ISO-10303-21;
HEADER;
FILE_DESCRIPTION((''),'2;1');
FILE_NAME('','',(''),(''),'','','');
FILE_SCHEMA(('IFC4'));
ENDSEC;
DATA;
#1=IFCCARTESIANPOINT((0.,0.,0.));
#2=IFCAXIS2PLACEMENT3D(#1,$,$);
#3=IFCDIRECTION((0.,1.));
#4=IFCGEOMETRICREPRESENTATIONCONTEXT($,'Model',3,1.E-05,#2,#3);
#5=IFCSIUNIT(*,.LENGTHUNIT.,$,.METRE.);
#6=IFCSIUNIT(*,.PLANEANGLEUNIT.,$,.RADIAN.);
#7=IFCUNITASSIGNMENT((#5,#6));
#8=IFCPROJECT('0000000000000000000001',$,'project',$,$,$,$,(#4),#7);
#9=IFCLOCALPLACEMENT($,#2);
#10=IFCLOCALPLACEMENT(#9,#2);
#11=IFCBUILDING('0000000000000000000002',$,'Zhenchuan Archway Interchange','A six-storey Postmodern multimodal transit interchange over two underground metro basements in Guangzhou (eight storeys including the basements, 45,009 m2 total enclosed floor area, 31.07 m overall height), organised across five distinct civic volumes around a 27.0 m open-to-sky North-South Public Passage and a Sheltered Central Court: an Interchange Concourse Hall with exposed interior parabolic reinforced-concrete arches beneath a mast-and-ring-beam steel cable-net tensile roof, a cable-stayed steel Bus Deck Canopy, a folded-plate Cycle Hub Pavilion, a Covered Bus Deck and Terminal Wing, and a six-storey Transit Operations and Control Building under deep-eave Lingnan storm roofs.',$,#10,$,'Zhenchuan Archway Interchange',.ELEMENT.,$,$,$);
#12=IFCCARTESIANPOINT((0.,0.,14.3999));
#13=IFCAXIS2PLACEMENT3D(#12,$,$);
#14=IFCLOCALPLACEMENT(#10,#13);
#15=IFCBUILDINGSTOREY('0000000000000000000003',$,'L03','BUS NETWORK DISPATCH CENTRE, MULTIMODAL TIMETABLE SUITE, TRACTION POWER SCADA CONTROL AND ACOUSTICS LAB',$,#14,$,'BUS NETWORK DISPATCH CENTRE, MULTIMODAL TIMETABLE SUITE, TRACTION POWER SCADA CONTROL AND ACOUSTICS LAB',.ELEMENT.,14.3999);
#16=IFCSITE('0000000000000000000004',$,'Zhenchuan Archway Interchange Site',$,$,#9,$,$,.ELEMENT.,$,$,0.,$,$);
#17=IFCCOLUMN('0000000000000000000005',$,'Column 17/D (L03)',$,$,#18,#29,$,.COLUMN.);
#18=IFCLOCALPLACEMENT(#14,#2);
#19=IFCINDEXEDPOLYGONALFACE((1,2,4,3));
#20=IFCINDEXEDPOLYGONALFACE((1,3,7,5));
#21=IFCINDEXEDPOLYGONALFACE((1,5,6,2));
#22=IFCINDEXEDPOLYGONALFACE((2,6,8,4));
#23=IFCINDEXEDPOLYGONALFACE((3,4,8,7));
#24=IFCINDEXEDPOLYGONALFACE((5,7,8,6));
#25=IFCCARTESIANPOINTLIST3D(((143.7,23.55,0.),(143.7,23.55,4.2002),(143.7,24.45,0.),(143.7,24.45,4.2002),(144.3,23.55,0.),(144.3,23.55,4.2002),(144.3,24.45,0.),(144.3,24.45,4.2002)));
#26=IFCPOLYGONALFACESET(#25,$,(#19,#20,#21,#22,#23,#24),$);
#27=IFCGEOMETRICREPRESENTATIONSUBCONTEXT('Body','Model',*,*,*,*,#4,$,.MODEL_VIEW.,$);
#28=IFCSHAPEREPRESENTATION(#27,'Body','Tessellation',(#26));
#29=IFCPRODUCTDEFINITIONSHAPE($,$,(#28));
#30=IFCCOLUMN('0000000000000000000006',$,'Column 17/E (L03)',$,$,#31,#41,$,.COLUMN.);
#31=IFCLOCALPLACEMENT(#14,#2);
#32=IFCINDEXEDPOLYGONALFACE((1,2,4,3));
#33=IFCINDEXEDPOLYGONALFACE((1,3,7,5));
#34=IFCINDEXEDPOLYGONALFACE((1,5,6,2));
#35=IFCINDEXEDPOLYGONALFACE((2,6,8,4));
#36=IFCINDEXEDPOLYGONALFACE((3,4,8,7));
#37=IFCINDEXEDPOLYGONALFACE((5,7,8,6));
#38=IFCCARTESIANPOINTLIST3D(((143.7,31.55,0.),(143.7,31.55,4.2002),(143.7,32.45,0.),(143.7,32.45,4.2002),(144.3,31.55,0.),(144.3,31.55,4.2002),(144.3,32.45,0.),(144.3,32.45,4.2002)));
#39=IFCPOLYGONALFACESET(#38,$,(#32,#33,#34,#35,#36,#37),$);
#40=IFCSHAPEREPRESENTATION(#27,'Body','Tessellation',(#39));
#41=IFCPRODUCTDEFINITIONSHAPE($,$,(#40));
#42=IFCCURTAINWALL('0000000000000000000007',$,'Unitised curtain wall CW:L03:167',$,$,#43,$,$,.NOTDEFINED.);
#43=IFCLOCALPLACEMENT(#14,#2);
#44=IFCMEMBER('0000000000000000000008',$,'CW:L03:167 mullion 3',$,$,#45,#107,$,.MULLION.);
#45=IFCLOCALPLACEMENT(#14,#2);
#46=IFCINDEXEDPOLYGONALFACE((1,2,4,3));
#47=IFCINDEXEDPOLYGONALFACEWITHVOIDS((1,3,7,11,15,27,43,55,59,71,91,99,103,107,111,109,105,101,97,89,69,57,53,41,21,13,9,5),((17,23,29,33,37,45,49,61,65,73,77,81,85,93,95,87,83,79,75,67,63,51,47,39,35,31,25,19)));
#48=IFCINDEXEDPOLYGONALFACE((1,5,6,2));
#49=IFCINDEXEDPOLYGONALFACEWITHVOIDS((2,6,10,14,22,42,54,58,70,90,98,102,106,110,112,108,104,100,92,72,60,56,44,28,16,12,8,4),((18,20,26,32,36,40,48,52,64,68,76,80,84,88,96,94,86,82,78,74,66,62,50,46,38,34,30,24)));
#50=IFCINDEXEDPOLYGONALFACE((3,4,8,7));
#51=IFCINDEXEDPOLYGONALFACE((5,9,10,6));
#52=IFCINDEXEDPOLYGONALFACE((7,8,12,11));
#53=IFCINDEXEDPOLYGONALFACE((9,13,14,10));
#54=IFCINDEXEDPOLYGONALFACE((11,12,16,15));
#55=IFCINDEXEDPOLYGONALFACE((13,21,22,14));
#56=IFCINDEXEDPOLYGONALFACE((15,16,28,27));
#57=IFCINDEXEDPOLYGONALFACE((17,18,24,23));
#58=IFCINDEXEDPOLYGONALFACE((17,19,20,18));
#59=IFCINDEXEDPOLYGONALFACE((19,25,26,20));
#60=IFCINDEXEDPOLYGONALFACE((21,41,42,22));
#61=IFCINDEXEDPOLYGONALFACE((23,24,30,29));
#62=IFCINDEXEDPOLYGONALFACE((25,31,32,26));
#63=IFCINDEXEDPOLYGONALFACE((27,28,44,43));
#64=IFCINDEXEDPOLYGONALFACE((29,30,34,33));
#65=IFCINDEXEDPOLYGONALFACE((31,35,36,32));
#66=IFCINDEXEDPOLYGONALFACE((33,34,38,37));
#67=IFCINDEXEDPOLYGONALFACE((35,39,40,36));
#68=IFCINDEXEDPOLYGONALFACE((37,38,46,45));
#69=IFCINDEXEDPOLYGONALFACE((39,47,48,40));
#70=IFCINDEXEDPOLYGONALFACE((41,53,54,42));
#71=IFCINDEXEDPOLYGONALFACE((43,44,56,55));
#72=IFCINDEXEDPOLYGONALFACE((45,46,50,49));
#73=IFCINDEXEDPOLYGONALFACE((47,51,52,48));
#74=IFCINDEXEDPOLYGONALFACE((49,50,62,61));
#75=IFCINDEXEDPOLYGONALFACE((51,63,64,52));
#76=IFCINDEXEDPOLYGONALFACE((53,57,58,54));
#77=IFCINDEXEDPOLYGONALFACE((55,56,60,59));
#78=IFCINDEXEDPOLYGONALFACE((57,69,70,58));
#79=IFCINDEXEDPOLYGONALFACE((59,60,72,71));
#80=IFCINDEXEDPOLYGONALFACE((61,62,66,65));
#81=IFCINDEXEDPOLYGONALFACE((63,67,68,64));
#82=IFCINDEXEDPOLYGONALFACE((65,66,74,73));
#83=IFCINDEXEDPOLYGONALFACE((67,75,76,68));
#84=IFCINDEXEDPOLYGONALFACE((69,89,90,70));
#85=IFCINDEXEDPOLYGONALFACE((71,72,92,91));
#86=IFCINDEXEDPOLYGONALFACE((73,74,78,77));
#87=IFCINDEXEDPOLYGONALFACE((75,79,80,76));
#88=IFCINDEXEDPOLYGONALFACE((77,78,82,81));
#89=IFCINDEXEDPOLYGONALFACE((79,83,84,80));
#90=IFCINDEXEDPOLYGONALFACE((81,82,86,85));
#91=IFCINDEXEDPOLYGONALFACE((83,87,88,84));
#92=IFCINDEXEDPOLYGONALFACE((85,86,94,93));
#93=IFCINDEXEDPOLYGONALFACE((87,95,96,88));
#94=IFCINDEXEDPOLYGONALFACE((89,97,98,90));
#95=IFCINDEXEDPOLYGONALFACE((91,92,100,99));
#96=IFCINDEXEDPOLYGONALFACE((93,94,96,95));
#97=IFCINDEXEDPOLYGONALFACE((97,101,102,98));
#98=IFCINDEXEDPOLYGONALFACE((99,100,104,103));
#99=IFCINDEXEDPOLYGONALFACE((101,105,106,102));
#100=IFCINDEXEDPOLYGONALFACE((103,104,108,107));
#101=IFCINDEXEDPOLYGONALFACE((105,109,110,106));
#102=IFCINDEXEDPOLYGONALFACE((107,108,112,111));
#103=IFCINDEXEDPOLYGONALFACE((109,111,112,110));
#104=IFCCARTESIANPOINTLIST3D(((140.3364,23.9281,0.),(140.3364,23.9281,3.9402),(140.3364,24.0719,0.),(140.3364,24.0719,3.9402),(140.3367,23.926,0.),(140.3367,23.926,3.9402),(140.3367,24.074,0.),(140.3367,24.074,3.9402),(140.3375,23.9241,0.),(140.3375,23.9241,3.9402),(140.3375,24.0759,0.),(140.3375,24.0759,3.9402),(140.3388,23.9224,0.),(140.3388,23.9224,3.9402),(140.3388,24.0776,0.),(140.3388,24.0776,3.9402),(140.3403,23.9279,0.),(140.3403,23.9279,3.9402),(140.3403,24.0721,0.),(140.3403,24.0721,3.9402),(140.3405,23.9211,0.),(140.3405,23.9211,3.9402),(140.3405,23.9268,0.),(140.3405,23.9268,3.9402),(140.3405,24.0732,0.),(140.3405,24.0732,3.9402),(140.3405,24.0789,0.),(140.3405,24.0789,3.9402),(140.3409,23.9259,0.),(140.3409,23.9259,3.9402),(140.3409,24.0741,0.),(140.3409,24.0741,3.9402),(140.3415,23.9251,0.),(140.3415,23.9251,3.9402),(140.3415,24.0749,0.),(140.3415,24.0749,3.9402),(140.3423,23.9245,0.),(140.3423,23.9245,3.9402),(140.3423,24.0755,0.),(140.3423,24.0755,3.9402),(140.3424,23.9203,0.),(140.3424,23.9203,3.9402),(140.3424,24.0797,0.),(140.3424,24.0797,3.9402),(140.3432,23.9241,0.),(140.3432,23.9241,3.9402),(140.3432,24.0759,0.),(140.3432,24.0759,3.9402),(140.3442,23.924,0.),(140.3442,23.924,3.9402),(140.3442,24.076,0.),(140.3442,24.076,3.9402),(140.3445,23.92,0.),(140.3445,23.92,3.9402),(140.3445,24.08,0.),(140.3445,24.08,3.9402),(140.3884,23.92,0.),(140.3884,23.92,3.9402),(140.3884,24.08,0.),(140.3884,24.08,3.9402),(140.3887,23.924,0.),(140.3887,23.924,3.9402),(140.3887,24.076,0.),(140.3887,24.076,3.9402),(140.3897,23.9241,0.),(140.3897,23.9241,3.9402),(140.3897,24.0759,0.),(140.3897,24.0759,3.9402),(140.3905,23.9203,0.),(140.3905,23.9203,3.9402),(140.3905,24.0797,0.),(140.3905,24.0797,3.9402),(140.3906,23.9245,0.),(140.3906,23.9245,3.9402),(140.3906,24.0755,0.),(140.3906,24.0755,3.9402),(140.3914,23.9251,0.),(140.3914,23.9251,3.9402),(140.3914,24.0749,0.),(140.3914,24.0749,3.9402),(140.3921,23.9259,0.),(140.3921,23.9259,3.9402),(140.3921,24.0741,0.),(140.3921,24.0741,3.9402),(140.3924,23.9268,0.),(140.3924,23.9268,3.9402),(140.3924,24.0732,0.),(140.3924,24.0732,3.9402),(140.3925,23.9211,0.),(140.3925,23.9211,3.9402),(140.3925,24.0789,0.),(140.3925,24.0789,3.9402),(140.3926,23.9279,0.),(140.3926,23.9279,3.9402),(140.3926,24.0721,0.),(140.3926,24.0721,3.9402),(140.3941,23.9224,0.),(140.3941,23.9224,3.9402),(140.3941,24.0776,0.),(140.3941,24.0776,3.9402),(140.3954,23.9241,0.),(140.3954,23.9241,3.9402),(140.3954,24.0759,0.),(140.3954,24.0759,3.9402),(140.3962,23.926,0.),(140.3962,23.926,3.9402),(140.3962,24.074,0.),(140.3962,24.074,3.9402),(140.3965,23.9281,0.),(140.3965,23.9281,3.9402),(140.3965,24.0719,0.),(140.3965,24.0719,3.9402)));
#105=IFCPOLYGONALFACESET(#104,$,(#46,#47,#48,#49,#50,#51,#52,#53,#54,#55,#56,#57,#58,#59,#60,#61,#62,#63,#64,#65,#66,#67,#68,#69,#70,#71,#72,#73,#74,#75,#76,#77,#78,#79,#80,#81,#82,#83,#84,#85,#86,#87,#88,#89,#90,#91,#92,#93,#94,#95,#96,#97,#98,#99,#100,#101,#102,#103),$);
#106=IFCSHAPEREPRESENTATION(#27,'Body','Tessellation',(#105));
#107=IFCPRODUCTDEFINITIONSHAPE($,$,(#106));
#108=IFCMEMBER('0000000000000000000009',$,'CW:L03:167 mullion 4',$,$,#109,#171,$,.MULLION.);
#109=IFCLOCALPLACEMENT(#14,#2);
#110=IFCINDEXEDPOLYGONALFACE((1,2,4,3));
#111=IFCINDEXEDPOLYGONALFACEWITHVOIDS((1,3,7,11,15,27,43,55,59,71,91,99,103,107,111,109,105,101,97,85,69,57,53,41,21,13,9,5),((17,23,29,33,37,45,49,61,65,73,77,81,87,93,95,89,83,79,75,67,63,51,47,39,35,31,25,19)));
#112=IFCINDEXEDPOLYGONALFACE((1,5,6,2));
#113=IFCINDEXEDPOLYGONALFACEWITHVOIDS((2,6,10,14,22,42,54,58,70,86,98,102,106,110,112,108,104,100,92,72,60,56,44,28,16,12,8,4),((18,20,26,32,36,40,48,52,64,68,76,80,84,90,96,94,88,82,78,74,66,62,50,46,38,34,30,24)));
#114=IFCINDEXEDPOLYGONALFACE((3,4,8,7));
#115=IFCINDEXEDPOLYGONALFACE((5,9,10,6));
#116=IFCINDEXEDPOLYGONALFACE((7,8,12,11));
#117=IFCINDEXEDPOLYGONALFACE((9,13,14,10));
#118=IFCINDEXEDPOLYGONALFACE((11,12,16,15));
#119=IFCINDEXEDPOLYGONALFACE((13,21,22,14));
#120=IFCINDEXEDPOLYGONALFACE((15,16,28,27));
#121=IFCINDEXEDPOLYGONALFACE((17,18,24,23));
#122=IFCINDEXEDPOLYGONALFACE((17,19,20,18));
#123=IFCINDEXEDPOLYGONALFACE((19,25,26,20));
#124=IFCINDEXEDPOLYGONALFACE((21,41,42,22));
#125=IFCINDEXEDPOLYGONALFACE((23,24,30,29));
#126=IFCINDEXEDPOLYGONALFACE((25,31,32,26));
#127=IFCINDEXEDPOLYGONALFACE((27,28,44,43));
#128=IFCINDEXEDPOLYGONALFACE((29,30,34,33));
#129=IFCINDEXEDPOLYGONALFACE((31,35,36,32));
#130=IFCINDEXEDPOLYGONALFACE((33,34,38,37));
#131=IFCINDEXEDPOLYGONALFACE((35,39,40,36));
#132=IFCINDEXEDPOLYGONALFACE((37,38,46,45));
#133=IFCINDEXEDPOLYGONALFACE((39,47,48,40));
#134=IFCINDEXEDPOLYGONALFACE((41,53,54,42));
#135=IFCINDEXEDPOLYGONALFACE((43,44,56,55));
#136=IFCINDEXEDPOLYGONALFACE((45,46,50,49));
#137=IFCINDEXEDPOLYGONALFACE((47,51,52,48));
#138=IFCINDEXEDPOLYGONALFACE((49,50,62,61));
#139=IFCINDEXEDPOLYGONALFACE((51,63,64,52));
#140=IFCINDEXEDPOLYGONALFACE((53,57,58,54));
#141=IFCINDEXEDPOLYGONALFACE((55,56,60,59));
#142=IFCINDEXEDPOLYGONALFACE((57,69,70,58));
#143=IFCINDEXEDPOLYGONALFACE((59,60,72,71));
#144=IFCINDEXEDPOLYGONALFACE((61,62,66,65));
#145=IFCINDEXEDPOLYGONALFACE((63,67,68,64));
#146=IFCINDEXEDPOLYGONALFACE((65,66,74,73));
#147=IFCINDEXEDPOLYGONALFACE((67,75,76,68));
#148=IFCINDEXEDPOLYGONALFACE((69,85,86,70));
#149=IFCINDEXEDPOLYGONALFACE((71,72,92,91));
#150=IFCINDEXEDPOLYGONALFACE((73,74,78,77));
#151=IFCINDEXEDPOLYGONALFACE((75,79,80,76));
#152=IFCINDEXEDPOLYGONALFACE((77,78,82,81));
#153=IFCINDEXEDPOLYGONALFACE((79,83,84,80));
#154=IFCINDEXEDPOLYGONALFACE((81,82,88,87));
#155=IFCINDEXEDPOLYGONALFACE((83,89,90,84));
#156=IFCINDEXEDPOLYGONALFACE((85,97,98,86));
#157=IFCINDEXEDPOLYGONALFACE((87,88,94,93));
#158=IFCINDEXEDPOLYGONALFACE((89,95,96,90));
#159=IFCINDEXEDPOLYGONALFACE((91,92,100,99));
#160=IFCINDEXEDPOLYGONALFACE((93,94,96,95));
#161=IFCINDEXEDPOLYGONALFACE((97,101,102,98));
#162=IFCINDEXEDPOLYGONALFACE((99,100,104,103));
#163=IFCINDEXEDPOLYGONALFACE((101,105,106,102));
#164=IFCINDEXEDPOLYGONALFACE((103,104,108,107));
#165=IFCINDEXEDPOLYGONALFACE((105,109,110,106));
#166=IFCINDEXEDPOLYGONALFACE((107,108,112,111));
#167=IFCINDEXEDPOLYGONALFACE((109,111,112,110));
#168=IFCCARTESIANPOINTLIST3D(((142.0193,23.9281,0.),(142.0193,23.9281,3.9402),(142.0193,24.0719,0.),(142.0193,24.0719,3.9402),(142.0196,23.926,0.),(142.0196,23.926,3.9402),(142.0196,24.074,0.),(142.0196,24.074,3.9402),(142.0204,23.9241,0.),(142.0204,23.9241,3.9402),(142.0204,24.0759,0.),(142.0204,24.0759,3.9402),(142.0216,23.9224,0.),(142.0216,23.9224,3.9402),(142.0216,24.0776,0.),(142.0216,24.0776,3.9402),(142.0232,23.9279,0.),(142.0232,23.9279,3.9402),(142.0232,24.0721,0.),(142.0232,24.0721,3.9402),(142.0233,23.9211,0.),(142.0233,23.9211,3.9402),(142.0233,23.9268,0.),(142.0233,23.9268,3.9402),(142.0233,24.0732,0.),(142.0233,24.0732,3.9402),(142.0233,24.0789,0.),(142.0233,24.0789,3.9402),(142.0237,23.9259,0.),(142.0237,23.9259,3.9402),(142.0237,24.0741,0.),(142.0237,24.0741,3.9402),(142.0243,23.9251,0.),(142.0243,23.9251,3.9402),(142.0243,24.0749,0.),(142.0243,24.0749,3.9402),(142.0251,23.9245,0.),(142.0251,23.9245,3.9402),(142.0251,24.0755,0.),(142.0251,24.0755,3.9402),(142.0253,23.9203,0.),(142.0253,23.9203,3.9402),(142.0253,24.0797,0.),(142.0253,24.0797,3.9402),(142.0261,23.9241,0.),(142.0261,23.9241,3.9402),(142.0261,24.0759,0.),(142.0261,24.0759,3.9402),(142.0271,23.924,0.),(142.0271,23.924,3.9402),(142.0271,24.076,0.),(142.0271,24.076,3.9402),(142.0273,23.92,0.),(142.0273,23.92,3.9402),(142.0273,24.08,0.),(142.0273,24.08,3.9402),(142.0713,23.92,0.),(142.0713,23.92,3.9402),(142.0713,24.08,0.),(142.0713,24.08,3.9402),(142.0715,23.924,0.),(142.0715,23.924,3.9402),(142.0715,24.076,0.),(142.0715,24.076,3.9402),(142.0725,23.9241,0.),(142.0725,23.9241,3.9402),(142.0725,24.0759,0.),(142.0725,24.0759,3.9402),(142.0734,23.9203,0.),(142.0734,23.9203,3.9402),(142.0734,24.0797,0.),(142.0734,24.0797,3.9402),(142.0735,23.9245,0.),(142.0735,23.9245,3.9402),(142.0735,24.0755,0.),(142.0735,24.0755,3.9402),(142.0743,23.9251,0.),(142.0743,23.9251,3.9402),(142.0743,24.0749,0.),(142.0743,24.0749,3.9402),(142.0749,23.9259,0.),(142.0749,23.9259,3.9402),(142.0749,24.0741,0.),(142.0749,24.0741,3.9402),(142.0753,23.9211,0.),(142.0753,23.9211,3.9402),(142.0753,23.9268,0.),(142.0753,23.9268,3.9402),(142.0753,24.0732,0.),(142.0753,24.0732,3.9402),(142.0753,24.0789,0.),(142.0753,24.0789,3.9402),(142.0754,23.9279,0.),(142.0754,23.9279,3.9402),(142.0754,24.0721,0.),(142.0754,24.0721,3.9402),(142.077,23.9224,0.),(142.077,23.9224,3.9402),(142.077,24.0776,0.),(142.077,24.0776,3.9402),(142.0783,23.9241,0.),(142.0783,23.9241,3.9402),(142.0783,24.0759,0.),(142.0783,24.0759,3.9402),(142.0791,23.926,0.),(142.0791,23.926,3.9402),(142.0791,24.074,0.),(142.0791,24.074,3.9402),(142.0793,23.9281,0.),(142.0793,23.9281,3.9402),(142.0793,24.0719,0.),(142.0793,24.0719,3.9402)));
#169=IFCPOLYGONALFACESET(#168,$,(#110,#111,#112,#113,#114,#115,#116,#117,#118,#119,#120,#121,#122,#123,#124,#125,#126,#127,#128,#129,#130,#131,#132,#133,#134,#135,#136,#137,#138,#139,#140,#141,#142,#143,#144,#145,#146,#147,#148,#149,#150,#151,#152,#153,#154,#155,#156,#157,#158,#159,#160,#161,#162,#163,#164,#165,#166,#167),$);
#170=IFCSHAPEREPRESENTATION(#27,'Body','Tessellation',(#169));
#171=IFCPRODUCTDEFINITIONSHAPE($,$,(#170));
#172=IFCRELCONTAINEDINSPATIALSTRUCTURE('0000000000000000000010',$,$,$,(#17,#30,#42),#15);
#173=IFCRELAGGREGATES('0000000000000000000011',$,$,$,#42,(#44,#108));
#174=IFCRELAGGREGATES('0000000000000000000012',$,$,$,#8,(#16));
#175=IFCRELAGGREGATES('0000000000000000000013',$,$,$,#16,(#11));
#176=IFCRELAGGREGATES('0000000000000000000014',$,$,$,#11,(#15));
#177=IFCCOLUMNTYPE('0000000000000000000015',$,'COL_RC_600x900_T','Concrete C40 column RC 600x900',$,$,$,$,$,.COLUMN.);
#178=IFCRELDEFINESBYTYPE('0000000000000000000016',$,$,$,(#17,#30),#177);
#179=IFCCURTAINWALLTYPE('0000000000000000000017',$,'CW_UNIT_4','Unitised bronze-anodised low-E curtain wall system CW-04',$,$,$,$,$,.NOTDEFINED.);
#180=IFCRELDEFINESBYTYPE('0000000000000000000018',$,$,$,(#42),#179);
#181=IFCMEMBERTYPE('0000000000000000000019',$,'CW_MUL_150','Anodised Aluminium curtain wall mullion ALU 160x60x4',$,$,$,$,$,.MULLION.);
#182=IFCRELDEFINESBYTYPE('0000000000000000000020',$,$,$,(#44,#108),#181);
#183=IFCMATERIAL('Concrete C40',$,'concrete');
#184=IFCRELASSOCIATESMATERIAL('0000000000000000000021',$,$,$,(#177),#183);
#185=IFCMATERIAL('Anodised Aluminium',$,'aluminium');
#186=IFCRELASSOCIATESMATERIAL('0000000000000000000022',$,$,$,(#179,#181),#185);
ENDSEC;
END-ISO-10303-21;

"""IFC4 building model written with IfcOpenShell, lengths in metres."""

from ifc_helpers import new_model, si_unit, direction, frame, origin, origin_2d, place, context, subcontext, project, spatial, rectangle, hollow_rectangle, extrude, material, material_profile, profile_set, type_object, element, aggregate, save


model = new_model("IFC4")

# Units and contexts
model_context = context("Model", 3, precision=1e-05, world=origin(), true_north=direction((0.0, 1.0)))
body_context = subcontext(model_context, "Body", "Model", "MODEL_VIEW")
ifc_project = project(units=[si_unit("LENGTHUNIT", "METRE"), si_unit("PLANEANGLEUNIT", "RADIAN")], contexts=[model_context])

# Site, building, storey
site_placement = place(None, origin())
site = spatial("IfcSite", under=ifc_project, at=site_placement, Name="Zhenchuan Archway Interchange Site", CompositionType="ELEMENT", RefElevation=0.0)
building_placement = place(site_placement, origin())
building = spatial("IfcBuilding", under=site, at=building_placement, Name="Zhenchuan Archway Interchange", Description="A six-storey Postmodern multimodal transit interchange over two underground metro basements in Guangzhou (eight storeys including the basements, 45,009 m2 total enclosed floor area, 31.07 m overall height), organised across five distinct civic volumes around a 27.0 m open-to-sky North-South Public Passage and a Sheltered Central Court: an Interchange Concourse Hall with exposed interior parabolic reinforced-concrete arches beneath a mast-and-ring-beam steel cable-net tensile roof, a cable-stayed steel Bus Deck Canopy, a folded-plate Cycle Hub Pavilion, a Covered Bus Deck and Terminal Wing, and a six-storey Transit Operations and Control Building under deep-eave Lingnan storm roofs.", LongName="Zhenchuan Archway Interchange", CompositionType="ELEMENT")
storey_placement = place(building_placement, frame((0.0, 0.0, 14.3999)))
storey = spatial("IfcBuildingStorey", under=building, at=storey_placement, Name="L03", Description="BUS NETWORK DISPATCH CENTRE, MULTIMODAL TIMETABLE SUITE, TRACTION POWER SCADA CONTROL AND ACOUSTICS LAB", LongName="BUS NETWORK DISPATCH CENTRE, MULTIMODAL TIMETABLE SUITE, TRACTION POWER SCADA CONTROL AND ACOUSTICS LAB", CompositionType="ELEMENT", Elevation=14.3999)

# Columns
ifc_material_1 = material(Name="Concrete C40", Category="concrete")
ifc_material_profile_1 = material_profile(ifc_material_1, rectangle(XDim=0.6001, YDim=0.8999, at=origin_2d()), Name="RC 600x900")
ifc_profile_set_1 = profile_set([ifc_material_profile_1], Name="Concrete C40")
column_type = type_object("IfcColumnType", Name="COL_RC_600x900_T", Description="Concrete C40 column RC 600x900", PredefinedType="COLUMN", material=ifc_profile_set_1)
for number, where, z_axis, x_axis, name in (
    (1, (144.0, 24.0, 0.0), (0.0, 0.0, 1.0), (1.0, 0.0, 0.0), "Column 17/D (L03)"),
    (2, (144.0, 32.0, 0.0), (0.0, 0.0, 1.0), (1.0, 0.0, 0.0), "Column 17/E (L03)"),
):
    element("IfcColumn", number, at=place(storey_placement, frame(where, z_axis=z_axis, x_axis=x_axis)), inside=storey, type_object=column_type, Name=name, PredefinedType="COLUMN", context=body_context, shape_type="SweptSolid", body=[
        extrude(rectangle(XDim=0.6001, YDim=0.8999, at=origin_2d()), origin(), (0.0, 0.0, 1.0), 4.2002),
    ])

# Curtain wall, members
ifc_material_2 = material(Name="Anodised Aluminium", Category="aluminium")
curtain_wall_type_1 = type_object("IfcCurtainWallType", Name="CW_UNIT_4", Description="Unitised bronze-anodised low-E curtain wall system CW-04", PredefinedType="NOTDEFINED", material=ifc_material_2)
curtain_wall_1_placement = place(storey_placement, origin())
curtain_wall_1 = element("IfcCurtainWall", 3, at=curtain_wall_1_placement, inside=storey, type_object=curtain_wall_type_1, Name="Unitised curtain wall CW:L03:167", PredefinedType="NOTDEFINED")
ifc_material_profile_2 = material_profile(ifc_material_2, hollow_rectangle(XDim=0.0601, YDim=0.1599, WallThickness=0.0039, InnerFilletRadius=0.0039, OuterFilletRadius=0.0081, at=origin_2d()), Name="ALU 160x60x4")
ifc_profile_set_2 = profile_set([ifc_material_profile_2], Name="Anodised Aluminium")
member_type_1 = type_object("IfcMemberType", Name="CW_MUL_150", Description="Anodised Aluminium curtain wall mullion ALU 160x60x4", PredefinedType="MULLION", material=ifc_profile_set_2)
member_1_placement = place(storey_placement, frame((140.3665, 24.0, 0.0), z_axis=(0.0, 0.0, 1.0), x_axis=(1.0, 0.0, 0.0)))
member_1 = element("IfcMember", 4, at=member_1_placement, type_object=member_type_1, Name="CW:L03:167 mullion 3", PredefinedType="MULLION", context=body_context, shape_type="SweptSolid", body=[
    extrude(hollow_rectangle(XDim=0.0601, YDim=0.1599, WallThickness=0.0039, InnerFilletRadius=0.0039, OuterFilletRadius=0.0081, at=origin_2d()), origin(), (0.0, 0.0, 1.0), 3.9402),
])
member_2_placement = place(storey_placement, frame((142.0493, 24.0, 0.0), z_axis=(0.0, 0.0, 1.0), x_axis=(1.0, 0.0, 0.0)))
member_2 = element("IfcMember", 5, at=member_2_placement, type_object=member_type_1, Name="CW:L03:167 mullion 4", PredefinedType="MULLION", context=body_context, shape_type="SweptSolid", body=[
    extrude(hollow_rectangle(XDim=0.0601, YDim=0.1599, WallThickness=0.0039, InnerFilletRadius=0.0039, OuterFilletRadius=0.0081, at=origin_2d()), origin(), (0.0, 0.0, 1.0), 3.9402),
])

aggregate(curtain_wall_1, [member_1, member_2])

save(model, "model.ifc")
